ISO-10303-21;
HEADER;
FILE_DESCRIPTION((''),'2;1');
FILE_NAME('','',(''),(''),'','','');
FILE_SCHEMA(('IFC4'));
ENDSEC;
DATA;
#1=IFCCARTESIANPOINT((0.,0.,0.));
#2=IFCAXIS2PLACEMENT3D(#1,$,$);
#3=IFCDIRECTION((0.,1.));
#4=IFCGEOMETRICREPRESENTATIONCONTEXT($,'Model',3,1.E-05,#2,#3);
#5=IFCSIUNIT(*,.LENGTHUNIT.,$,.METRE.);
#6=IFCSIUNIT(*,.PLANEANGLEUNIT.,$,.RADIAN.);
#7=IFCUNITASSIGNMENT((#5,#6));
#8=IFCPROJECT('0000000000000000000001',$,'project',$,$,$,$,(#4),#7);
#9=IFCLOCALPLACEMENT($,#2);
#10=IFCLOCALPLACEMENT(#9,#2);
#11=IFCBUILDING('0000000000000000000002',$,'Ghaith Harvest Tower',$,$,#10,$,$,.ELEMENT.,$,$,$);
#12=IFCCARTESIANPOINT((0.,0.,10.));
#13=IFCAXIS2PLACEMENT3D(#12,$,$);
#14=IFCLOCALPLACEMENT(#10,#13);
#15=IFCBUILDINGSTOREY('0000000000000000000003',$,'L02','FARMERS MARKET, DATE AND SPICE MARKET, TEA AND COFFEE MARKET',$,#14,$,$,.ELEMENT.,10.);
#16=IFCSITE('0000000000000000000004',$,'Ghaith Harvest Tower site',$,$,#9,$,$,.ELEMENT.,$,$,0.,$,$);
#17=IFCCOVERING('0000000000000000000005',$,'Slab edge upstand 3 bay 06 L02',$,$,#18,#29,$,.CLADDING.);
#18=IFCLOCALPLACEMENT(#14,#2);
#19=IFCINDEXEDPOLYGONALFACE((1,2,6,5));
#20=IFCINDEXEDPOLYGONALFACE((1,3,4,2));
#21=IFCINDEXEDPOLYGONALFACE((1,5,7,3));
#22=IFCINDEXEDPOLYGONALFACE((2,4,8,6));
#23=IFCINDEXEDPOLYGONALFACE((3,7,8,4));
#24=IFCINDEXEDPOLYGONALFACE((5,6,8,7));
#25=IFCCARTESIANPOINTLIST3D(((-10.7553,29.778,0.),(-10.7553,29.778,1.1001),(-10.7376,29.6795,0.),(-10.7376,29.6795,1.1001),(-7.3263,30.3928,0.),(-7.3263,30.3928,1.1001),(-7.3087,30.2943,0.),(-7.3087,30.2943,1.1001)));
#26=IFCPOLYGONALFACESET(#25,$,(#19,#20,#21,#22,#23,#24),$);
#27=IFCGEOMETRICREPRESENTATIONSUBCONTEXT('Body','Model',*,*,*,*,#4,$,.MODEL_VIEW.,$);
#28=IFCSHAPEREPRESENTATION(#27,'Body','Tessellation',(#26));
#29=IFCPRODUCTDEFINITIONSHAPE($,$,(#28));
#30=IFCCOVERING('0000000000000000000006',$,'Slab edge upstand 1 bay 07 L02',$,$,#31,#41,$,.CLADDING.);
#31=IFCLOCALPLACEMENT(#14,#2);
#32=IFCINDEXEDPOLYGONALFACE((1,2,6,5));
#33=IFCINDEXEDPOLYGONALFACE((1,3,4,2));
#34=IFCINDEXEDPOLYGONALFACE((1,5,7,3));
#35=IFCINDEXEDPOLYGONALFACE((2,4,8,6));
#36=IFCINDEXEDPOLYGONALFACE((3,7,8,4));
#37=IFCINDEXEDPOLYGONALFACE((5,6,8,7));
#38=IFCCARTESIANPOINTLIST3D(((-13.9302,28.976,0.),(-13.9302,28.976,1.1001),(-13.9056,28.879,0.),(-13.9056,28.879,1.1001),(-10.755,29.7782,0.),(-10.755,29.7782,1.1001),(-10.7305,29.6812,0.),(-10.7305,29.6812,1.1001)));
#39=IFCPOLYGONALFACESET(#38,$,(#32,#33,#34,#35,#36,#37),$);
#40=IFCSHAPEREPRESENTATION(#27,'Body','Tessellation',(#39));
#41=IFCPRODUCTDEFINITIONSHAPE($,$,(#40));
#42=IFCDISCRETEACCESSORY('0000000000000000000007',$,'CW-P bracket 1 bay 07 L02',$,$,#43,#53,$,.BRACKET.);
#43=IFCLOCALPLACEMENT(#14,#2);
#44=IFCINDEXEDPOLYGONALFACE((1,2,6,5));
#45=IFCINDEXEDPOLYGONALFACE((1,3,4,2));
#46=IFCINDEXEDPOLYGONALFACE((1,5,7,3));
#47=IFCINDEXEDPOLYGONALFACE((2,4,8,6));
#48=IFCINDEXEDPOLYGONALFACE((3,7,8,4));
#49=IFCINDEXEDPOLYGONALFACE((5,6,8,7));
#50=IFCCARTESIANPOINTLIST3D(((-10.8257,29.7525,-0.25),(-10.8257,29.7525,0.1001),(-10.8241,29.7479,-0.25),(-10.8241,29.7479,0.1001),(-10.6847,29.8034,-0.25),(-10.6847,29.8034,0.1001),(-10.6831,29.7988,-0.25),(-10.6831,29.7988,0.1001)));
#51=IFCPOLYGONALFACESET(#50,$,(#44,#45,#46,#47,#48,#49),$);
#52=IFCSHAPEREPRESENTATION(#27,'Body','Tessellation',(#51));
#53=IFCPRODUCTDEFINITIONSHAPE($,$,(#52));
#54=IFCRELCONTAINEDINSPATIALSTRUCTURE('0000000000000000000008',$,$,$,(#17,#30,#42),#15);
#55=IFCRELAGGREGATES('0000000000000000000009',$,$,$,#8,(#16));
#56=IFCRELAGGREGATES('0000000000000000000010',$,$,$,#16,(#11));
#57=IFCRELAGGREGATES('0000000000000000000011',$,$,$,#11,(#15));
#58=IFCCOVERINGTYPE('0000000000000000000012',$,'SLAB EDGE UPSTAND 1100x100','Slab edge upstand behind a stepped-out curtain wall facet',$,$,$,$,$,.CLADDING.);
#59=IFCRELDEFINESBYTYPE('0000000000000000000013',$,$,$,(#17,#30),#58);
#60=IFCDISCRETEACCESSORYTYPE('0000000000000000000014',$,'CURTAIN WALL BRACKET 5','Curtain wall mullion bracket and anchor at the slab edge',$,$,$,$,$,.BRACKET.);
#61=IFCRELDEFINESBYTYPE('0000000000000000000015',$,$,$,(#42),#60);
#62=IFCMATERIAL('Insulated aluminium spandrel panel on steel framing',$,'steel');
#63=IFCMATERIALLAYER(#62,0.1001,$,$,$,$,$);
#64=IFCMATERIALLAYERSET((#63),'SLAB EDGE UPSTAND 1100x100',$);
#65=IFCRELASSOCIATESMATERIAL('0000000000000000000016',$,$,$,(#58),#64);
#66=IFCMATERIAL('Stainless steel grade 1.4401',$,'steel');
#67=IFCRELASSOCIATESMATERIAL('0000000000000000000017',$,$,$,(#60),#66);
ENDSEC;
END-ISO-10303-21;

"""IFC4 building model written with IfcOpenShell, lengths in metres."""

from ifc_helpers import new_model, si_unit, direction, frame, origin, origin_2d, place, context, subcontext, project, spatial, rectangle, extrude, material, layer, layer_set, type_object, element, save


model = new_model("IFC4")

# Units and contexts
model_context = context("Model", 3, precision=1e-05, world=origin(), true_north=direction((0.0, 1.0)))
body_context = subcontext(model_context, "Body", "Model", "MODEL_VIEW")
ifc_project = project(units=[si_unit("LENGTHUNIT", "METRE"), si_unit("PLANEANGLEUNIT", "RADIAN")], contexts=[model_context])

# Site, building, storey
site_placement = place(None, origin())
site = spatial("IfcSite", under=ifc_project, at=site_placement, Name="Ghaith Harvest Tower site", CompositionType="ELEMENT", RefElevation=0.0)
building_placement = place(site_placement, origin())
building = spatial("IfcBuilding", under=site, at=building_placement, Name="Ghaith Harvest Tower", CompositionType="ELEMENT")
storey_placement = place(building_placement, frame((0.0, 0.0, 10.0)))
storey = spatial("IfcBuildingStorey", under=building, at=storey_placement, Name="L02", Description="FARMERS MARKET, DATE AND SPICE MARKET, TEA AND COFFEE MARKET", CompositionType="ELEMENT", Elevation=10.0)

# Coverings
ifc_material_1 = material(Name="Insulated aluminium spandrel panel on steel framing", Category="steel")
ifc_layer_1 = layer(ifc_material_1, 0.1001)
ifc_layer_set_1 = layer_set([ifc_layer_1], Name="SLAB EDGE UPSTAND 1100x100")
covering_type = type_object("IfcCoveringType", Name="SLAB EDGE UPSTAND 1100x100", Description="Slab edge upstand behind a stepped-out curtain wall facet", PredefinedType="CLADDING", material=ifc_layer_set_1)
covering_1_placement = place(storey_placement, frame((-9.032, 30.0361, 0.0), z_axis=(0.0, 0.0, 1.0), x_axis=(-0.984304, -0.176479, 0.0)))
element("IfcCovering", 1, at=covering_1_placement, inside=storey, type_object=covering_type, Name="Slab edge upstand 3 bay 06 L02", PredefinedType="CLADDING", context=body_context, shape_type="SweptSolid", body=[
    extrude(rectangle(XDim=3.4836, YDim=0.1001, at=origin_2d()), origin(), (0.0, 0.0, 1.0), 1.1001),
])
covering_2_placement = place(storey_placement, frame((-12.3303, 29.3286, 0.0), z_axis=(0.0, 0.0, 1.0), x_axis=(-0.969537, -0.244947, 0.0)))
element("IfcCovering", 2, at=covering_2_placement, inside=storey, type_object=covering_type, Name="Slab edge upstand 1 bay 07 L02", PredefinedType="CLADDING", context=body_context, shape_type="SweptSolid", body=[
    extrude(rectangle(XDim=3.2749, YDim=0.1001, at=origin_2d()), origin(), (0.0, 0.0, 1.0), 1.1001),
])

# Discrete accessory
ifc_material_2 = material(Name="Stainless steel grade 1.4401", Category="steel")
discrete_accessory_type = type_object("IfcDiscreteAccessoryType", Name="CURTAIN WALL BRACKET 5", Description="Curtain wall mullion bracket and anchor at the slab edge", PredefinedType="BRACKET", material=ifc_material_2)
discrete_accessory_placement = place(storey_placement, frame((-10.7544, 29.7756, -0.25), z_axis=(0.0, 0.0, 1.0), x_axis=(-0.339699, 0.940534, 0.0)))
element("IfcDiscreteAccessory", 3, at=discrete_accessory_placement, inside=storey, type_object=discrete_accessory_type, Name="CW-P bracket 1 bay 07 L02", PredefinedType="BRACKET", context=body_context, shape_type="SweptSolid", body=[
    extrude(rectangle(XDim=0.0049, YDim=0.1499, at=origin_2d()), origin(), (0.0, 0.0, 1.0), 0.3501),
])

save(model, "model.ifc")
